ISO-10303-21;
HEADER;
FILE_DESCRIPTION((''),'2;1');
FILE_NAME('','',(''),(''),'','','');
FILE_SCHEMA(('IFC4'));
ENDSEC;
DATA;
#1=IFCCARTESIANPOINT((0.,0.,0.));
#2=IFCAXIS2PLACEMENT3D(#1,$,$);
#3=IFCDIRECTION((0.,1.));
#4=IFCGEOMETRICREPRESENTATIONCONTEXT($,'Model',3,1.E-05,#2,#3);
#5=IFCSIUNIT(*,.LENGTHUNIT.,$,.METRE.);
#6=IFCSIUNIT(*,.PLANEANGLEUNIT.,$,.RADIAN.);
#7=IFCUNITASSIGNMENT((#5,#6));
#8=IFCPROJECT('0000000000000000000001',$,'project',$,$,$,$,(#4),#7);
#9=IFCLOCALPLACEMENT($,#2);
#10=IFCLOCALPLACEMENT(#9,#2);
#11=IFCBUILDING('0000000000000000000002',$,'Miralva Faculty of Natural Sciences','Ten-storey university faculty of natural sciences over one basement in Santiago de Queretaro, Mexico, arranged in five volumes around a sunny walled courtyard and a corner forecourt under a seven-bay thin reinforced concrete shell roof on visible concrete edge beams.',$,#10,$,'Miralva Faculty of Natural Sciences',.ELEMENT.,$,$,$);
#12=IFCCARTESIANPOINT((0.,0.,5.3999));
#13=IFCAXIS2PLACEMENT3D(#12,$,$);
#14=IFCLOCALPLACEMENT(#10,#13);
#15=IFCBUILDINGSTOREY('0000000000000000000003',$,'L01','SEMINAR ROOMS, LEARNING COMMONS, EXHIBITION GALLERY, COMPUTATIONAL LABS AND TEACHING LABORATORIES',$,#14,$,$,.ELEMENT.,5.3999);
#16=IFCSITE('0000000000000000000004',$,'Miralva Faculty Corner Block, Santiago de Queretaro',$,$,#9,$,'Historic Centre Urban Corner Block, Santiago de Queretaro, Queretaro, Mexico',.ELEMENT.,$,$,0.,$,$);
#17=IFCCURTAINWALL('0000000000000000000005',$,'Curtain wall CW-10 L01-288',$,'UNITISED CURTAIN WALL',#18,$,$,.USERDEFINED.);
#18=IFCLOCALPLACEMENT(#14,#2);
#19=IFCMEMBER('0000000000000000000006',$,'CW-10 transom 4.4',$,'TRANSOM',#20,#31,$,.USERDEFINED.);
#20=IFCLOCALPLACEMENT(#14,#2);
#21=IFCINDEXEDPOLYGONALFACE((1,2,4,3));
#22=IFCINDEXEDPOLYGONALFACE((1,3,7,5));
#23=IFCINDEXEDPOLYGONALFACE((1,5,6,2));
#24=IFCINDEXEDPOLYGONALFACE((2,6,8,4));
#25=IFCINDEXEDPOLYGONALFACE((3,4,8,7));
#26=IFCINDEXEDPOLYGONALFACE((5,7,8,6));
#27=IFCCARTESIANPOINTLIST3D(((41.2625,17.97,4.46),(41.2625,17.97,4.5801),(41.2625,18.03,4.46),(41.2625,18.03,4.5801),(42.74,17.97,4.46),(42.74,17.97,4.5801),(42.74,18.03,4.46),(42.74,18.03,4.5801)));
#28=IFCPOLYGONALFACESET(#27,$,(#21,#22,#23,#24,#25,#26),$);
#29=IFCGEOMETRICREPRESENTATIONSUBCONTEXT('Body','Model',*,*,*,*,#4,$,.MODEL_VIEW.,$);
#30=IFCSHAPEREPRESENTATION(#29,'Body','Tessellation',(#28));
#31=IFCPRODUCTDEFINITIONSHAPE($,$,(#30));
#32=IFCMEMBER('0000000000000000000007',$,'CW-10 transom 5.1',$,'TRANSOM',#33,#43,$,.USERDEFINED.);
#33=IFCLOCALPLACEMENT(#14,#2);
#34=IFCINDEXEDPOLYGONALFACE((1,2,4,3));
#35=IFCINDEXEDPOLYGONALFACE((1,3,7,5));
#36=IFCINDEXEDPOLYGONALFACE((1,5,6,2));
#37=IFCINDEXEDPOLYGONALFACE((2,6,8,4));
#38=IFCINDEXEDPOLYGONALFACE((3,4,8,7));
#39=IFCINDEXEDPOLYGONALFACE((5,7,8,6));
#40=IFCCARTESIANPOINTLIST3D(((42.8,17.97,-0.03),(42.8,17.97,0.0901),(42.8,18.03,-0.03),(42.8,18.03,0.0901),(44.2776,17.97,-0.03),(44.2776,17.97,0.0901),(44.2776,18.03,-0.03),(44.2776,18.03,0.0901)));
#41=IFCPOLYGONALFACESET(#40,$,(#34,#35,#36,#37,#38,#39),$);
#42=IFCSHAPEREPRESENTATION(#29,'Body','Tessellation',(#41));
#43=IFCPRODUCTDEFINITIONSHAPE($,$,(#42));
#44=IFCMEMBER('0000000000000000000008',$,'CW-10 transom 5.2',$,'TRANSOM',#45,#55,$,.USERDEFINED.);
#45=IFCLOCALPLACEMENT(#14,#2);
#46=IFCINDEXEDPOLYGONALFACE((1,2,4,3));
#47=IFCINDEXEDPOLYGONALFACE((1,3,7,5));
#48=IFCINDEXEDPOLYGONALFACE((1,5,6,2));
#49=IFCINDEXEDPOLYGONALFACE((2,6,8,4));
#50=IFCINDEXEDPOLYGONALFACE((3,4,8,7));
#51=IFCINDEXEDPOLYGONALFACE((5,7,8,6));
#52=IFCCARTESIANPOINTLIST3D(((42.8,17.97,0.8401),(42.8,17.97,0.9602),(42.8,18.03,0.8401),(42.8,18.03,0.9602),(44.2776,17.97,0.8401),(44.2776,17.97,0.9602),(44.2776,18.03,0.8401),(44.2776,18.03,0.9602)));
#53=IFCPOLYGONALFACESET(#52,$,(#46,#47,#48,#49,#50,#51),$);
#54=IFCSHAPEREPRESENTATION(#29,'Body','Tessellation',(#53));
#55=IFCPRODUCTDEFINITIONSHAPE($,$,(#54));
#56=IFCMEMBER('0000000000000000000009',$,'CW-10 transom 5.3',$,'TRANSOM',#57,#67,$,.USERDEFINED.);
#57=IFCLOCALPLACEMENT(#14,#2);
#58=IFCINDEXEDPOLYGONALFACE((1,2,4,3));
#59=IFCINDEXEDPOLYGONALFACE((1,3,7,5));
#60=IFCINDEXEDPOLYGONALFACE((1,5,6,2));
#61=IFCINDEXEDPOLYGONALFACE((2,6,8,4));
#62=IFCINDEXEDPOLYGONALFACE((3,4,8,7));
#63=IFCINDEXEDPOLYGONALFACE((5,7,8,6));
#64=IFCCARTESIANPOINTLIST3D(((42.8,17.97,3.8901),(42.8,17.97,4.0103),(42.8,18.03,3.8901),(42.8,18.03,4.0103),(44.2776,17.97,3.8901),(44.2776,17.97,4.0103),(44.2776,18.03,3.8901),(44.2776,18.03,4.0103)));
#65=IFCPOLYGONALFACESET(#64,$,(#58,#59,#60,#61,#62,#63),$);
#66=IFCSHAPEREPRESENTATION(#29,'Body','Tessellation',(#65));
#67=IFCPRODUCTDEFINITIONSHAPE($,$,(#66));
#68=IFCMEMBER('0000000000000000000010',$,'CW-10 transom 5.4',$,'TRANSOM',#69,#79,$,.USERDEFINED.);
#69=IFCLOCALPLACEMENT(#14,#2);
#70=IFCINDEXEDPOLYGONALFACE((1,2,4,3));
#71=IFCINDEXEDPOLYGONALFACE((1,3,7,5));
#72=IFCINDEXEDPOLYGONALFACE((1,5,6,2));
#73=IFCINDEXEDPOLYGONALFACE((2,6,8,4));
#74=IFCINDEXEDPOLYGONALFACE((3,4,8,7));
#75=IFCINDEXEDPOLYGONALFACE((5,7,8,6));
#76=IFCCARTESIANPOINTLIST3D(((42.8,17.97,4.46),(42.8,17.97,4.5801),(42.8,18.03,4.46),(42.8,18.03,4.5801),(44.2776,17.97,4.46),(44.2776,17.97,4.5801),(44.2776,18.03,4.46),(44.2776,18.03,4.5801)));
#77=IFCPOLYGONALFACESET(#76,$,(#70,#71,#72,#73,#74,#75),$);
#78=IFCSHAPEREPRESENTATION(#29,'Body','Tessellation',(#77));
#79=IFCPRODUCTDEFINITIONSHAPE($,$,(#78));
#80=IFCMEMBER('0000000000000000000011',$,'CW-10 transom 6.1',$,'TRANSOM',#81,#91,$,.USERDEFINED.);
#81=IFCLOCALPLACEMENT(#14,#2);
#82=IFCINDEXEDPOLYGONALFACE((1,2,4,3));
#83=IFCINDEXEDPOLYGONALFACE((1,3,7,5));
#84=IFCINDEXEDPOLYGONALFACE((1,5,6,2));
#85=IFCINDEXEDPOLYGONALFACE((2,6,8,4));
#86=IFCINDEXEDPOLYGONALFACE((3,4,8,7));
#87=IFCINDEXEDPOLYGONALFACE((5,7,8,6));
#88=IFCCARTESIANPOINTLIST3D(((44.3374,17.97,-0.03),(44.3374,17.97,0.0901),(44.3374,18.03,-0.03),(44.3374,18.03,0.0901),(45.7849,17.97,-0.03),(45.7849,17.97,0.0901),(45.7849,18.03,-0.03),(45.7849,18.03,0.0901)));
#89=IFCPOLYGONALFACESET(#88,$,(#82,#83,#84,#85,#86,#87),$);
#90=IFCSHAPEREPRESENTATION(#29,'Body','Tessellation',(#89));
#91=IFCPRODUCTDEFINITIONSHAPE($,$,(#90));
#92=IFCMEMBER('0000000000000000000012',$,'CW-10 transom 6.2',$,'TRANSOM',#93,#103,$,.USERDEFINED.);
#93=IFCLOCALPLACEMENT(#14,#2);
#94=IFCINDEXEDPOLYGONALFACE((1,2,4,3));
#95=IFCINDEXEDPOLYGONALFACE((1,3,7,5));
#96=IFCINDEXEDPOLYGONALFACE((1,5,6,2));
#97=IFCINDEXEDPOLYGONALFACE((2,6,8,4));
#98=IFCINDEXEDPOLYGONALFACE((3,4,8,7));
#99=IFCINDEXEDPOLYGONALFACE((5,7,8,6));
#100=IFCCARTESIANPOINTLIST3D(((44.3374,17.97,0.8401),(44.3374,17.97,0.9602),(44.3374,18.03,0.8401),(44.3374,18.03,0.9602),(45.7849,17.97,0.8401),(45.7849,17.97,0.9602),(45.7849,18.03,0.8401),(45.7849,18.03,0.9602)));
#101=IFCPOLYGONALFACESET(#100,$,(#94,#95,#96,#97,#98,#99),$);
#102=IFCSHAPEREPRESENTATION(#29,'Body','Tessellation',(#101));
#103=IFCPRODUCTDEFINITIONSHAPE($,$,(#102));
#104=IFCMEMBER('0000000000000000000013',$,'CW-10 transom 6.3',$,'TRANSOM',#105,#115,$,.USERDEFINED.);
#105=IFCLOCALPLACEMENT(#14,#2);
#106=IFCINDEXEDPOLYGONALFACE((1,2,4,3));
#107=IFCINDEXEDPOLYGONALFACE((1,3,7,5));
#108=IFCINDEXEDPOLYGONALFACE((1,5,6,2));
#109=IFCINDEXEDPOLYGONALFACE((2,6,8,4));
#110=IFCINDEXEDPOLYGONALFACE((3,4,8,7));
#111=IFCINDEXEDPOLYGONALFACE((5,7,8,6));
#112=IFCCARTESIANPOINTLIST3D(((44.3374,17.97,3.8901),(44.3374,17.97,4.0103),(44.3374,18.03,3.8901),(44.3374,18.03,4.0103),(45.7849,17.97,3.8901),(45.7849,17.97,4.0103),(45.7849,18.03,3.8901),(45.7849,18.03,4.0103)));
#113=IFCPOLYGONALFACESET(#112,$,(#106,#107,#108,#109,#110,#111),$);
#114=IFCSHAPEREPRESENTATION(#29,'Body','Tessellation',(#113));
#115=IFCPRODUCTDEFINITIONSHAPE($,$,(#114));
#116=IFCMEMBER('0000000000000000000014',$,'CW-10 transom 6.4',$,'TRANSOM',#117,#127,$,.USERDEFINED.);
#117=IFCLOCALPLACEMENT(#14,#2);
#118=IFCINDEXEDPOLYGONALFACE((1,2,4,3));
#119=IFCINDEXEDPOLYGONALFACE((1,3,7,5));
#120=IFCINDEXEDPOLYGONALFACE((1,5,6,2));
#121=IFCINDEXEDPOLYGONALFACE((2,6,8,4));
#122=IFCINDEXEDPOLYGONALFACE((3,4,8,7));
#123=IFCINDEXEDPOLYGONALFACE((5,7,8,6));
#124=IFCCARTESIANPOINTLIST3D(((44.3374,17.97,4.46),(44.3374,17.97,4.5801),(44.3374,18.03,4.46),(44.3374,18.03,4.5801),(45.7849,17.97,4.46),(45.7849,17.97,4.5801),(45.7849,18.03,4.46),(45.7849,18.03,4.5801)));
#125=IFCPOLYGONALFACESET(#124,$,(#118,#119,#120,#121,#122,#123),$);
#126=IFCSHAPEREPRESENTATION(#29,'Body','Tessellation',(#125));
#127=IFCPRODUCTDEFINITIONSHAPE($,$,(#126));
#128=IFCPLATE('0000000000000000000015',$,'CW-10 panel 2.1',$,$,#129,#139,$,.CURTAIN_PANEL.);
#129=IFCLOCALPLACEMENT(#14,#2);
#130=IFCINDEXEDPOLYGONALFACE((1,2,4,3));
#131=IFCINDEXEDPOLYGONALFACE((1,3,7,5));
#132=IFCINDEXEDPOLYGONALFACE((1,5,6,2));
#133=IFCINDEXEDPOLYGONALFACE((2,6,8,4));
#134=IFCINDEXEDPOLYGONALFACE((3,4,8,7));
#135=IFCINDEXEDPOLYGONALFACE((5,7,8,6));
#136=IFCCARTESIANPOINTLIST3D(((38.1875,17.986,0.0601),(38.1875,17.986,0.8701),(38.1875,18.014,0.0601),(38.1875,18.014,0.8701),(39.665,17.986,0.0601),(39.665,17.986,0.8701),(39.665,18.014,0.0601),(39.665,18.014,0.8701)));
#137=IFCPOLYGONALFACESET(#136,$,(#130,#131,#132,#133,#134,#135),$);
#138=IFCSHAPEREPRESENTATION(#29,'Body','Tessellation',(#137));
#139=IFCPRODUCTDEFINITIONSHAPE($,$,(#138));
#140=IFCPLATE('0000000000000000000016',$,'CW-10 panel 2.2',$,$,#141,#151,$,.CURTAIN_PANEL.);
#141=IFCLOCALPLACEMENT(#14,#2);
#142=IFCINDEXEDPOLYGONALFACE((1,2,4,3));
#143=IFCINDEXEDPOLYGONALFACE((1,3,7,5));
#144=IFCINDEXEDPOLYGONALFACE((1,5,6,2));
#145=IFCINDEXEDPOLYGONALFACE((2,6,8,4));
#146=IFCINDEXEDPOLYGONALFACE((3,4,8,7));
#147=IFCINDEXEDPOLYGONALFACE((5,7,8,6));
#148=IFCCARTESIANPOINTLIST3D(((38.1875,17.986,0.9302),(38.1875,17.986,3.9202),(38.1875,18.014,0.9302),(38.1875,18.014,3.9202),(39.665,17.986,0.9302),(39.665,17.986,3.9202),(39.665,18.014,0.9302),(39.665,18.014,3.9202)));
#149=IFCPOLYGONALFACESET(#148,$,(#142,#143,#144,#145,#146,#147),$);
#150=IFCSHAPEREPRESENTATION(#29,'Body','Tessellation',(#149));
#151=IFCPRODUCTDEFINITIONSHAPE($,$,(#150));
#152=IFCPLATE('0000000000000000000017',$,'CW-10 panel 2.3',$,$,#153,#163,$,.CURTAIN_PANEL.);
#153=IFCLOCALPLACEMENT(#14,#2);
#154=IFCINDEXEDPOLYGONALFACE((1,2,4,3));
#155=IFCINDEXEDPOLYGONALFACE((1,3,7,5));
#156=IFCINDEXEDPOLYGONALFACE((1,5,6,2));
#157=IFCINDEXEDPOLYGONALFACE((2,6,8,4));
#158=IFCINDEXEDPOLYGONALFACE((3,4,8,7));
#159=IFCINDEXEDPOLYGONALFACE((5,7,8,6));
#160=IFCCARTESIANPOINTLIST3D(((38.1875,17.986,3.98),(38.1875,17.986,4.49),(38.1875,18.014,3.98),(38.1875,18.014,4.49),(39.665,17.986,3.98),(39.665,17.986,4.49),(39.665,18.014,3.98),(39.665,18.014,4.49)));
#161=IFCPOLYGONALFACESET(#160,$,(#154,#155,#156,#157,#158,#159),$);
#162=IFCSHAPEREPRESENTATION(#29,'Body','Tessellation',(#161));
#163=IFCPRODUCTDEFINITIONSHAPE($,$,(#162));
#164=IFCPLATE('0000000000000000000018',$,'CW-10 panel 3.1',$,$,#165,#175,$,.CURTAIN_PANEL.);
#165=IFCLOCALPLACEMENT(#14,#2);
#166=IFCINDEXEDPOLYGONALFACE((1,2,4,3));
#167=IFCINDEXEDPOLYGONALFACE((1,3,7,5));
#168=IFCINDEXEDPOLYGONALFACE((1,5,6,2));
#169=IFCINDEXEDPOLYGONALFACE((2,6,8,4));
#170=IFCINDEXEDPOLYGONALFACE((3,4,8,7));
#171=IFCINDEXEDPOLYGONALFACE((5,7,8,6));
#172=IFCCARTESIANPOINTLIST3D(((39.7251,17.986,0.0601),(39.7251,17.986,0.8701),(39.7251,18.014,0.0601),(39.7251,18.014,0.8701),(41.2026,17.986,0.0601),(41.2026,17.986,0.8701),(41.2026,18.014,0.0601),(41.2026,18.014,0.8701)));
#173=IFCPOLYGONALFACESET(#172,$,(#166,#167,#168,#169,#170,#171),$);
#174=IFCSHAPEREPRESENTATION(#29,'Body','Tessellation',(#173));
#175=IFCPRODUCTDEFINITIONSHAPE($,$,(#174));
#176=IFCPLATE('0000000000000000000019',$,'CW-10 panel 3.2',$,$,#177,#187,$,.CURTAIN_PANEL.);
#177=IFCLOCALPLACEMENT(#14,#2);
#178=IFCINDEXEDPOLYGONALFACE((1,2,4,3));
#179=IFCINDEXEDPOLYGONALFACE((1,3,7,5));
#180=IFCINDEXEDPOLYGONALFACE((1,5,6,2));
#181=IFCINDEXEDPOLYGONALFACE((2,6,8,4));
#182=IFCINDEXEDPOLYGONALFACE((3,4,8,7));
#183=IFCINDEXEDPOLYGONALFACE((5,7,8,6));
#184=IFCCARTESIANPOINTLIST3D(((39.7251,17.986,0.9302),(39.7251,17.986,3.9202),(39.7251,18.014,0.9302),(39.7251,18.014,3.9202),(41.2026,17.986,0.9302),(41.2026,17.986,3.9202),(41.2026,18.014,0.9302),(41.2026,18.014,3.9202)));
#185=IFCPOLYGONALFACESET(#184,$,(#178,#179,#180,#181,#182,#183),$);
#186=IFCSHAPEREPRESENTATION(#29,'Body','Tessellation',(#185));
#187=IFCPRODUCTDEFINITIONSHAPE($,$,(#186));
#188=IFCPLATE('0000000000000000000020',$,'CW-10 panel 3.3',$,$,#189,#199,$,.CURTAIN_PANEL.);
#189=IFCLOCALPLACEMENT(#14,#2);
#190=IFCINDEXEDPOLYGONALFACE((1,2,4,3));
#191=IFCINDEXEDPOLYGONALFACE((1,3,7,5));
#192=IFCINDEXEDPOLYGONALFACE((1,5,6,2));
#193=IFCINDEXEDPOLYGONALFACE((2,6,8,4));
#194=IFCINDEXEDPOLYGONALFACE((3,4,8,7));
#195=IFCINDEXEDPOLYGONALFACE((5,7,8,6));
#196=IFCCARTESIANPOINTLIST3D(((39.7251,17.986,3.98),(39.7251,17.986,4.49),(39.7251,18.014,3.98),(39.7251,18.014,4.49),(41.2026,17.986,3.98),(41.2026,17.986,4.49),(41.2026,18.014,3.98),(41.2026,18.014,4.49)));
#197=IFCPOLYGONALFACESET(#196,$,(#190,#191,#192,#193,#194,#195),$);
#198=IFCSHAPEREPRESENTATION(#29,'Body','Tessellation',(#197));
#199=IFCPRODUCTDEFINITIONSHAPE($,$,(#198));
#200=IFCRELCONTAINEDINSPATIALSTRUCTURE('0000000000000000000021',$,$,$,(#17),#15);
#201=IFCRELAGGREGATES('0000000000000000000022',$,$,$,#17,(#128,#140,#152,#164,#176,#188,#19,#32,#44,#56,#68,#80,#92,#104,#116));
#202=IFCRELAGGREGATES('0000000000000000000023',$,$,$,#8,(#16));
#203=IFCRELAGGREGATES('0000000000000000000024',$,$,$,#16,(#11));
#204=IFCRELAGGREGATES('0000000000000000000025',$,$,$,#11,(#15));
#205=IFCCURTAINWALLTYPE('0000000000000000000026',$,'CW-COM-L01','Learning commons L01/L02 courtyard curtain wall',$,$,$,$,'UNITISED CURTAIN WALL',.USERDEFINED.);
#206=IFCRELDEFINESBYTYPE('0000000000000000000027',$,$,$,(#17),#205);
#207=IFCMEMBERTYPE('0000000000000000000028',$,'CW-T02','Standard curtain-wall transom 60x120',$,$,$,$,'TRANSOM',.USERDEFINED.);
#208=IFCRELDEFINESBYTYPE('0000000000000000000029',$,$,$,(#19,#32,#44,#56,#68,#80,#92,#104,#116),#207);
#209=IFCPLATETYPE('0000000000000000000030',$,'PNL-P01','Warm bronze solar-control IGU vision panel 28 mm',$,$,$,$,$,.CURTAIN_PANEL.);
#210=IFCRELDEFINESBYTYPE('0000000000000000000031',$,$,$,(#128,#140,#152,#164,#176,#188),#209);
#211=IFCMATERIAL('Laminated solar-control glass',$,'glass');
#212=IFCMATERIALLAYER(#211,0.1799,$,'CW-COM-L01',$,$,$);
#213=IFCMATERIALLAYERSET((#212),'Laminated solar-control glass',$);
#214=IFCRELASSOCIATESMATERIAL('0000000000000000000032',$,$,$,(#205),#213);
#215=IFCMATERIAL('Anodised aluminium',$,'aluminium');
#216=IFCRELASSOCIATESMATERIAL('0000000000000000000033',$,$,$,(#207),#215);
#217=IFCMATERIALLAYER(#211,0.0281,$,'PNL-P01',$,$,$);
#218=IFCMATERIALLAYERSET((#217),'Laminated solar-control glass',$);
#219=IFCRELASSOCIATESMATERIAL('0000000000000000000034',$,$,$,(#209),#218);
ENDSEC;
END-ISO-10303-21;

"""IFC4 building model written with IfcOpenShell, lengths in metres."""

from ifc_helpers import new_model, si_unit, direction, frame, origin, origin_2d, place, context, subcontext, project, spatial, rectangle, extrude, material, layer, layer_set, material_profile, profile_set, type_object, element, aggregate, save


model = new_model("IFC4")

# Units and contexts
model_context = context("Model", 3, precision=1e-05, world=origin(), true_north=direction((0.0, 1.0)))
body_context = subcontext(model_context, "Body", "Model", "MODEL_VIEW")
ifc_project = project(units=[si_unit("LENGTHUNIT", "METRE"), si_unit("PLANEANGLEUNIT", "RADIAN")], contexts=[model_context])

# Site, building, storey
site_placement = place(None, origin())
site = spatial("IfcSite", under=ifc_project, at=site_placement, Name="Miralva Faculty Corner Block, Santiago de Queretaro", LongName="Historic Centre Urban Corner Block, Santiago de Queretaro, Queretaro, Mexico", CompositionType="ELEMENT", RefElevation=0.0)
building_placement = place(site_placement, origin())
building = spatial("IfcBuilding", under=site, at=building_placement, Name="Miralva Faculty of Natural Sciences", Description="Ten-storey university faculty of natural sciences over one basement in Santiago de Queretaro, Mexico, arranged in five volumes around a sunny walled courtyard and a corner forecourt under a seven-bay thin reinforced concrete shell roof on visible concrete edge beams.", LongName="Miralva Faculty of Natural Sciences", CompositionType="ELEMENT")
storey_placement = place(building_placement, frame((0.0, 0.0, 5.3999)))
storey = spatial("IfcBuildingStorey", under=building, at=storey_placement, Name="L01", Description="SEMINAR ROOMS, LEARNING COMMONS, EXHIBITION GALLERY, COMPUTATIONAL LABS AND TEACHING LABORATORIES", CompositionType="ELEMENT", Elevation=5.3999)

# Curtain wall, members, plates
ifc_material_1 = material(Name="Laminated solar-control glass", Category="glass")
ifc_layer_1 = layer(ifc_material_1, 0.1799, Name="CW-COM-L01")
ifc_layer_set_1 = layer_set([ifc_layer_1], Name="Laminated solar-control glass")
curtain_wall_type = type_object("IfcCurtainWallType", Name="CW-COM-L01", Description="Learning commons L01/L02 courtyard curtain wall", ElementType="UNITISED CURTAIN WALL", PredefinedType="USERDEFINED", material=ifc_layer_set_1)
curtain_wall_placement = place(storey_placement, origin())
curtain_wall = element("IfcCurtainWall", 1, at=curtain_wall_placement, inside=storey, type_object=curtain_wall_type, Name="Curtain wall CW-10 L01-288", ObjectType="UNITISED CURTAIN WALL", PredefinedType="USERDEFINED")
ifc_material_2 = material(Name="Anodised aluminium", Category="aluminium")
ifc_material_profile_1 = material_profile(ifc_material_2, rectangle(XDim=0.0601, YDim=0.1201, at=origin_2d()), Name="TRANSOM 60x120")
ifc_profile_set_1 = profile_set([ifc_material_profile_1], Name="Anodised aluminium")
member_type_1 = type_object("IfcMemberType", Name="CW-T02", Description="Standard curtain-wall transom 60x120", ElementType="TRANSOM", PredefinedType="USERDEFINED", material=ifc_profile_set_1)
member_1_placement = place(storey_placement, frame((41.2625, 18.0, 4.52), z_axis=(1.0, 0.0, 0.0), x_axis=(0.0, 1.0, 0.0)))
member_1 = element("IfcMember", 2, at=member_1_placement, type_object=member_type_1, Name="CW-10 transom 4.4", ObjectType="TRANSOM", PredefinedType="USERDEFINED", context=body_context, shape_type="SweptSolid", body=[
    extrude(rectangle(XDim=0.0601, YDim=0.1201, at=origin_2d()), origin(), (0.0, 0.0, 1.0), 1.4775),
])
member_2_placement = place(storey_placement, frame((42.8, 18.0, 0.03), z_axis=(1.0, 0.0, 0.0), x_axis=(0.0, 1.0, 0.0)))
member_2 = element("IfcMember", 3, at=member_2_placement, type_object=member_type_1, Name="CW-10 transom 5.1", ObjectType="TRANSOM", PredefinedType="USERDEFINED", context=body_context, shape_type="SweptSolid", body=[
    extrude(rectangle(XDim=0.0601, YDim=0.1201, at=origin_2d()), origin(), (0.0, 0.0, 1.0), 1.4775),
])
member_3_placement = place(storey_placement, frame((42.8, 18.0, 0.9001), z_axis=(1.0, 0.0, 0.0), x_axis=(0.0, 1.0, 0.0)))
member_3 = element("IfcMember", 4, at=member_3_placement, type_object=member_type_1, Name="CW-10 transom 5.2", ObjectType="TRANSOM", PredefinedType="USERDEFINED", context=body_context, shape_type="SweptSolid", body=[
    extrude(rectangle(XDim=0.0601, YDim=0.1201, at=origin_2d()), origin(), (0.0, 0.0, 1.0), 1.4775),
])
member_4_placement = place(storey_placement, frame((42.8, 18.0, 3.9502), z_axis=(1.0, 0.0, 0.0), x_axis=(0.0, 1.0, 0.0)))
member_4 = element("IfcMember", 5, at=member_4_placement, type_object=member_type_1, Name="CW-10 transom 5.3", ObjectType="TRANSOM", PredefinedType="USERDEFINED", context=body_context, shape_type="SweptSolid", body=[
    extrude(rectangle(XDim=0.0601, YDim=0.1201, at=origin_2d()), origin(), (0.0, 0.0, 1.0), 1.4775),
])
member_5_placement = place(storey_placement, frame((42.8, 18.0, 4.52), z_axis=(1.0, 0.0, 0.0), x_axis=(0.0, 1.0, 0.0)))
member_5 = element("IfcMember", 6, at=member_5_placement, type_object=member_type_1, Name="CW-10 transom 5.4", ObjectType="TRANSOM", PredefinedType="USERDEFINED", context=body_context, shape_type="SweptSolid", body=[
    extrude(rectangle(XDim=0.0601, YDim=0.1201, at=origin_2d()), origin(), (0.0, 0.0, 1.0), 1.4775),
])
member_6_placement = place(storey_placement, frame((44.3374, 18.0, 0.03), z_axis=(1.0, 0.0, 0.0), x_axis=(0.0, 1.0, 0.0)))
member_6 = element("IfcMember", 7, at=member_6_placement, type_object=member_type_1, Name="CW-10 transom 6.1", ObjectType="TRANSOM", PredefinedType="USERDEFINED", context=body_context, shape_type="SweptSolid", body=[
    extrude(rectangle(XDim=0.0601, YDim=0.1201, at=origin_2d()), origin(), (0.0, 0.0, 1.0), 1.4475),
])
member_7_placement = place(storey_placement, frame((44.3374, 18.0, 0.9001), z_axis=(1.0, 0.0, 0.0), x_axis=(0.0, 1.0, 0.0)))
member_7 = element("IfcMember", 8, at=member_7_placement, type_object=member_type_1, Name="CW-10 transom 6.2", ObjectType="TRANSOM", PredefinedType="USERDEFINED", context=body_context, shape_type="SweptSolid", body=[
    extrude(rectangle(XDim=0.0601, YDim=0.1201, at=origin_2d()), origin(), (0.0, 0.0, 1.0), 1.4475),
])
member_8_placement = place(storey_placement, frame((44.3374, 18.0, 3.9502), z_axis=(1.0, 0.0, 0.0), x_axis=(0.0, 1.0, 0.0)))
member_8 = element("IfcMember", 9, at=member_8_placement, type_object=member_type_1, Name="CW-10 transom 6.3", ObjectType="TRANSOM", PredefinedType="USERDEFINED", context=body_context, shape_type="SweptSolid", body=[
    extrude(rectangle(XDim=0.0601, YDim=0.1201, at=origin_2d()), origin(), (0.0, 0.0, 1.0), 1.4475),
])
member_9_placement = place(storey_placement, frame((44.3374, 18.0, 4.52), z_axis=(1.0, 0.0, 0.0), x_axis=(0.0, 1.0, 0.0)))
member_9 = element("IfcMember", 10, at=member_9_placement, type_object=member_type_1, Name="CW-10 transom 6.4", ObjectType="TRANSOM", PredefinedType="USERDEFINED", context=body_context, shape_type="SweptSolid", body=[
    extrude(rectangle(XDim=0.0601, YDim=0.1201, at=origin_2d()), origin(), (0.0, 0.0, 1.0), 1.4475),
])
ifc_layer_2 = layer(ifc_material_1, 0.0281, Name="PNL-P01")
ifc_layer_set_2 = layer_set([ifc_layer_2], Name="Laminated solar-control glass")
plate_type = type_object("IfcPlateType", Name="PNL-P01", Description="Warm bronze solar-control IGU vision panel 28 mm", PredefinedType="CURTAIN_PANEL", material=ifc_layer_set_2)
plate_1_placement = place(storey_placement, frame((38.9263, 18.0, 0.0601), z_axis=(0.0, 0.0, 1.0), x_axis=(1.0, 0.0, 0.0)))
plate_1 = element("IfcPlate", 11, at=plate_1_placement, type_object=plate_type, Name="CW-10 panel 2.1", PredefinedType="CURTAIN_PANEL", context=body_context, shape_type="SweptSolid", body=[
    extrude(rectangle(XDim=1.4775, YDim=0.0281, at=origin_2d()), origin(), (0.0, 0.0, 1.0), 0.8101),
])
plate_2_placement = place(storey_placement, frame((38.9263, 18.0, 0.9302), z_axis=(0.0, 0.0, 1.0), x_axis=(1.0, 0.0, 0.0)))
plate_2 = element("IfcPlate", 12, at=plate_2_placement, type_object=plate_type, Name="CW-10 panel 2.2", PredefinedType="CURTAIN_PANEL", context=body_context, shape_type="SweptSolid", body=[
    extrude(rectangle(XDim=1.4775, YDim=0.0281, at=origin_2d()), origin(), (0.0, 0.0, 1.0), 2.99),
])
plate_3_placement = place(storey_placement, frame((38.9263, 18.0, 3.98), z_axis=(0.0, 0.0, 1.0), x_axis=(1.0, 0.0, 0.0)))
plate_3 = element("IfcPlate", 13, at=plate_3_placement, type_object=plate_type, Name="CW-10 panel 2.3", PredefinedType="CURTAIN_PANEL", context=body_context, shape_type="SweptSolid", body=[
    extrude(rectangle(XDim=1.4775, YDim=0.0281, at=origin_2d()), origin(), (0.0, 0.0, 1.0), 0.51),
])
plate_4_placement = place(storey_placement, frame((40.4639, 18.0, 0.0601), z_axis=(0.0, 0.0, 1.0), x_axis=(1.0, 0.0, 0.0)))
plate_4 = element("IfcPlate", 14, at=plate_4_placement, type_object=plate_type, Name="CW-10 panel 3.1", PredefinedType="CURTAIN_PANEL", context=body_context, shape_type="SweptSolid", body=[
    extrude(rectangle(XDim=1.4775, YDim=0.0281, at=origin_2d()), origin(), (0.0, 0.0, 1.0), 0.8101),
])
plate_5_placement = place(storey_placement, frame((40.4639, 18.0, 0.9302), z_axis=(0.0, 0.0, 1.0), x_axis=(1.0, 0.0, 0.0)))
plate_5 = element("IfcPlate", 15, at=plate_5_placement, type_object=plate_type, Name="CW-10 panel 3.2", PredefinedType="CURTAIN_PANEL", context=body_context, shape_type="SweptSolid", body=[
    extrude(rectangle(XDim=1.4775, YDim=0.0281, at=origin_2d()), origin(), (0.0, 0.0, 1.0), 2.99),
])
plate_6_placement = place(storey_placement, frame((40.4639, 18.0, 3.98), z_axis=(0.0, 0.0, 1.0), x_axis=(1.0, 0.0, 0.0)))
plate_6 = element("IfcPlate", 16, at=plate_6_placement, type_object=plate_type, Name="CW-10 panel 3.3", PredefinedType="CURTAIN_PANEL", context=body_context, shape_type="SweptSolid", body=[
    extrude(rectangle(XDim=1.4775, YDim=0.0281, at=origin_2d()), origin(), (0.0, 0.0, 1.0), 0.51),
])
aggregate(curtain_wall, [plate_1, plate_2, plate_3, plate_4, plate_5, plate_6, member_1, member_2, member_3, member_4, member_5, member_6, member_7, member_8, member_9])

save(model, "model.ifc")
